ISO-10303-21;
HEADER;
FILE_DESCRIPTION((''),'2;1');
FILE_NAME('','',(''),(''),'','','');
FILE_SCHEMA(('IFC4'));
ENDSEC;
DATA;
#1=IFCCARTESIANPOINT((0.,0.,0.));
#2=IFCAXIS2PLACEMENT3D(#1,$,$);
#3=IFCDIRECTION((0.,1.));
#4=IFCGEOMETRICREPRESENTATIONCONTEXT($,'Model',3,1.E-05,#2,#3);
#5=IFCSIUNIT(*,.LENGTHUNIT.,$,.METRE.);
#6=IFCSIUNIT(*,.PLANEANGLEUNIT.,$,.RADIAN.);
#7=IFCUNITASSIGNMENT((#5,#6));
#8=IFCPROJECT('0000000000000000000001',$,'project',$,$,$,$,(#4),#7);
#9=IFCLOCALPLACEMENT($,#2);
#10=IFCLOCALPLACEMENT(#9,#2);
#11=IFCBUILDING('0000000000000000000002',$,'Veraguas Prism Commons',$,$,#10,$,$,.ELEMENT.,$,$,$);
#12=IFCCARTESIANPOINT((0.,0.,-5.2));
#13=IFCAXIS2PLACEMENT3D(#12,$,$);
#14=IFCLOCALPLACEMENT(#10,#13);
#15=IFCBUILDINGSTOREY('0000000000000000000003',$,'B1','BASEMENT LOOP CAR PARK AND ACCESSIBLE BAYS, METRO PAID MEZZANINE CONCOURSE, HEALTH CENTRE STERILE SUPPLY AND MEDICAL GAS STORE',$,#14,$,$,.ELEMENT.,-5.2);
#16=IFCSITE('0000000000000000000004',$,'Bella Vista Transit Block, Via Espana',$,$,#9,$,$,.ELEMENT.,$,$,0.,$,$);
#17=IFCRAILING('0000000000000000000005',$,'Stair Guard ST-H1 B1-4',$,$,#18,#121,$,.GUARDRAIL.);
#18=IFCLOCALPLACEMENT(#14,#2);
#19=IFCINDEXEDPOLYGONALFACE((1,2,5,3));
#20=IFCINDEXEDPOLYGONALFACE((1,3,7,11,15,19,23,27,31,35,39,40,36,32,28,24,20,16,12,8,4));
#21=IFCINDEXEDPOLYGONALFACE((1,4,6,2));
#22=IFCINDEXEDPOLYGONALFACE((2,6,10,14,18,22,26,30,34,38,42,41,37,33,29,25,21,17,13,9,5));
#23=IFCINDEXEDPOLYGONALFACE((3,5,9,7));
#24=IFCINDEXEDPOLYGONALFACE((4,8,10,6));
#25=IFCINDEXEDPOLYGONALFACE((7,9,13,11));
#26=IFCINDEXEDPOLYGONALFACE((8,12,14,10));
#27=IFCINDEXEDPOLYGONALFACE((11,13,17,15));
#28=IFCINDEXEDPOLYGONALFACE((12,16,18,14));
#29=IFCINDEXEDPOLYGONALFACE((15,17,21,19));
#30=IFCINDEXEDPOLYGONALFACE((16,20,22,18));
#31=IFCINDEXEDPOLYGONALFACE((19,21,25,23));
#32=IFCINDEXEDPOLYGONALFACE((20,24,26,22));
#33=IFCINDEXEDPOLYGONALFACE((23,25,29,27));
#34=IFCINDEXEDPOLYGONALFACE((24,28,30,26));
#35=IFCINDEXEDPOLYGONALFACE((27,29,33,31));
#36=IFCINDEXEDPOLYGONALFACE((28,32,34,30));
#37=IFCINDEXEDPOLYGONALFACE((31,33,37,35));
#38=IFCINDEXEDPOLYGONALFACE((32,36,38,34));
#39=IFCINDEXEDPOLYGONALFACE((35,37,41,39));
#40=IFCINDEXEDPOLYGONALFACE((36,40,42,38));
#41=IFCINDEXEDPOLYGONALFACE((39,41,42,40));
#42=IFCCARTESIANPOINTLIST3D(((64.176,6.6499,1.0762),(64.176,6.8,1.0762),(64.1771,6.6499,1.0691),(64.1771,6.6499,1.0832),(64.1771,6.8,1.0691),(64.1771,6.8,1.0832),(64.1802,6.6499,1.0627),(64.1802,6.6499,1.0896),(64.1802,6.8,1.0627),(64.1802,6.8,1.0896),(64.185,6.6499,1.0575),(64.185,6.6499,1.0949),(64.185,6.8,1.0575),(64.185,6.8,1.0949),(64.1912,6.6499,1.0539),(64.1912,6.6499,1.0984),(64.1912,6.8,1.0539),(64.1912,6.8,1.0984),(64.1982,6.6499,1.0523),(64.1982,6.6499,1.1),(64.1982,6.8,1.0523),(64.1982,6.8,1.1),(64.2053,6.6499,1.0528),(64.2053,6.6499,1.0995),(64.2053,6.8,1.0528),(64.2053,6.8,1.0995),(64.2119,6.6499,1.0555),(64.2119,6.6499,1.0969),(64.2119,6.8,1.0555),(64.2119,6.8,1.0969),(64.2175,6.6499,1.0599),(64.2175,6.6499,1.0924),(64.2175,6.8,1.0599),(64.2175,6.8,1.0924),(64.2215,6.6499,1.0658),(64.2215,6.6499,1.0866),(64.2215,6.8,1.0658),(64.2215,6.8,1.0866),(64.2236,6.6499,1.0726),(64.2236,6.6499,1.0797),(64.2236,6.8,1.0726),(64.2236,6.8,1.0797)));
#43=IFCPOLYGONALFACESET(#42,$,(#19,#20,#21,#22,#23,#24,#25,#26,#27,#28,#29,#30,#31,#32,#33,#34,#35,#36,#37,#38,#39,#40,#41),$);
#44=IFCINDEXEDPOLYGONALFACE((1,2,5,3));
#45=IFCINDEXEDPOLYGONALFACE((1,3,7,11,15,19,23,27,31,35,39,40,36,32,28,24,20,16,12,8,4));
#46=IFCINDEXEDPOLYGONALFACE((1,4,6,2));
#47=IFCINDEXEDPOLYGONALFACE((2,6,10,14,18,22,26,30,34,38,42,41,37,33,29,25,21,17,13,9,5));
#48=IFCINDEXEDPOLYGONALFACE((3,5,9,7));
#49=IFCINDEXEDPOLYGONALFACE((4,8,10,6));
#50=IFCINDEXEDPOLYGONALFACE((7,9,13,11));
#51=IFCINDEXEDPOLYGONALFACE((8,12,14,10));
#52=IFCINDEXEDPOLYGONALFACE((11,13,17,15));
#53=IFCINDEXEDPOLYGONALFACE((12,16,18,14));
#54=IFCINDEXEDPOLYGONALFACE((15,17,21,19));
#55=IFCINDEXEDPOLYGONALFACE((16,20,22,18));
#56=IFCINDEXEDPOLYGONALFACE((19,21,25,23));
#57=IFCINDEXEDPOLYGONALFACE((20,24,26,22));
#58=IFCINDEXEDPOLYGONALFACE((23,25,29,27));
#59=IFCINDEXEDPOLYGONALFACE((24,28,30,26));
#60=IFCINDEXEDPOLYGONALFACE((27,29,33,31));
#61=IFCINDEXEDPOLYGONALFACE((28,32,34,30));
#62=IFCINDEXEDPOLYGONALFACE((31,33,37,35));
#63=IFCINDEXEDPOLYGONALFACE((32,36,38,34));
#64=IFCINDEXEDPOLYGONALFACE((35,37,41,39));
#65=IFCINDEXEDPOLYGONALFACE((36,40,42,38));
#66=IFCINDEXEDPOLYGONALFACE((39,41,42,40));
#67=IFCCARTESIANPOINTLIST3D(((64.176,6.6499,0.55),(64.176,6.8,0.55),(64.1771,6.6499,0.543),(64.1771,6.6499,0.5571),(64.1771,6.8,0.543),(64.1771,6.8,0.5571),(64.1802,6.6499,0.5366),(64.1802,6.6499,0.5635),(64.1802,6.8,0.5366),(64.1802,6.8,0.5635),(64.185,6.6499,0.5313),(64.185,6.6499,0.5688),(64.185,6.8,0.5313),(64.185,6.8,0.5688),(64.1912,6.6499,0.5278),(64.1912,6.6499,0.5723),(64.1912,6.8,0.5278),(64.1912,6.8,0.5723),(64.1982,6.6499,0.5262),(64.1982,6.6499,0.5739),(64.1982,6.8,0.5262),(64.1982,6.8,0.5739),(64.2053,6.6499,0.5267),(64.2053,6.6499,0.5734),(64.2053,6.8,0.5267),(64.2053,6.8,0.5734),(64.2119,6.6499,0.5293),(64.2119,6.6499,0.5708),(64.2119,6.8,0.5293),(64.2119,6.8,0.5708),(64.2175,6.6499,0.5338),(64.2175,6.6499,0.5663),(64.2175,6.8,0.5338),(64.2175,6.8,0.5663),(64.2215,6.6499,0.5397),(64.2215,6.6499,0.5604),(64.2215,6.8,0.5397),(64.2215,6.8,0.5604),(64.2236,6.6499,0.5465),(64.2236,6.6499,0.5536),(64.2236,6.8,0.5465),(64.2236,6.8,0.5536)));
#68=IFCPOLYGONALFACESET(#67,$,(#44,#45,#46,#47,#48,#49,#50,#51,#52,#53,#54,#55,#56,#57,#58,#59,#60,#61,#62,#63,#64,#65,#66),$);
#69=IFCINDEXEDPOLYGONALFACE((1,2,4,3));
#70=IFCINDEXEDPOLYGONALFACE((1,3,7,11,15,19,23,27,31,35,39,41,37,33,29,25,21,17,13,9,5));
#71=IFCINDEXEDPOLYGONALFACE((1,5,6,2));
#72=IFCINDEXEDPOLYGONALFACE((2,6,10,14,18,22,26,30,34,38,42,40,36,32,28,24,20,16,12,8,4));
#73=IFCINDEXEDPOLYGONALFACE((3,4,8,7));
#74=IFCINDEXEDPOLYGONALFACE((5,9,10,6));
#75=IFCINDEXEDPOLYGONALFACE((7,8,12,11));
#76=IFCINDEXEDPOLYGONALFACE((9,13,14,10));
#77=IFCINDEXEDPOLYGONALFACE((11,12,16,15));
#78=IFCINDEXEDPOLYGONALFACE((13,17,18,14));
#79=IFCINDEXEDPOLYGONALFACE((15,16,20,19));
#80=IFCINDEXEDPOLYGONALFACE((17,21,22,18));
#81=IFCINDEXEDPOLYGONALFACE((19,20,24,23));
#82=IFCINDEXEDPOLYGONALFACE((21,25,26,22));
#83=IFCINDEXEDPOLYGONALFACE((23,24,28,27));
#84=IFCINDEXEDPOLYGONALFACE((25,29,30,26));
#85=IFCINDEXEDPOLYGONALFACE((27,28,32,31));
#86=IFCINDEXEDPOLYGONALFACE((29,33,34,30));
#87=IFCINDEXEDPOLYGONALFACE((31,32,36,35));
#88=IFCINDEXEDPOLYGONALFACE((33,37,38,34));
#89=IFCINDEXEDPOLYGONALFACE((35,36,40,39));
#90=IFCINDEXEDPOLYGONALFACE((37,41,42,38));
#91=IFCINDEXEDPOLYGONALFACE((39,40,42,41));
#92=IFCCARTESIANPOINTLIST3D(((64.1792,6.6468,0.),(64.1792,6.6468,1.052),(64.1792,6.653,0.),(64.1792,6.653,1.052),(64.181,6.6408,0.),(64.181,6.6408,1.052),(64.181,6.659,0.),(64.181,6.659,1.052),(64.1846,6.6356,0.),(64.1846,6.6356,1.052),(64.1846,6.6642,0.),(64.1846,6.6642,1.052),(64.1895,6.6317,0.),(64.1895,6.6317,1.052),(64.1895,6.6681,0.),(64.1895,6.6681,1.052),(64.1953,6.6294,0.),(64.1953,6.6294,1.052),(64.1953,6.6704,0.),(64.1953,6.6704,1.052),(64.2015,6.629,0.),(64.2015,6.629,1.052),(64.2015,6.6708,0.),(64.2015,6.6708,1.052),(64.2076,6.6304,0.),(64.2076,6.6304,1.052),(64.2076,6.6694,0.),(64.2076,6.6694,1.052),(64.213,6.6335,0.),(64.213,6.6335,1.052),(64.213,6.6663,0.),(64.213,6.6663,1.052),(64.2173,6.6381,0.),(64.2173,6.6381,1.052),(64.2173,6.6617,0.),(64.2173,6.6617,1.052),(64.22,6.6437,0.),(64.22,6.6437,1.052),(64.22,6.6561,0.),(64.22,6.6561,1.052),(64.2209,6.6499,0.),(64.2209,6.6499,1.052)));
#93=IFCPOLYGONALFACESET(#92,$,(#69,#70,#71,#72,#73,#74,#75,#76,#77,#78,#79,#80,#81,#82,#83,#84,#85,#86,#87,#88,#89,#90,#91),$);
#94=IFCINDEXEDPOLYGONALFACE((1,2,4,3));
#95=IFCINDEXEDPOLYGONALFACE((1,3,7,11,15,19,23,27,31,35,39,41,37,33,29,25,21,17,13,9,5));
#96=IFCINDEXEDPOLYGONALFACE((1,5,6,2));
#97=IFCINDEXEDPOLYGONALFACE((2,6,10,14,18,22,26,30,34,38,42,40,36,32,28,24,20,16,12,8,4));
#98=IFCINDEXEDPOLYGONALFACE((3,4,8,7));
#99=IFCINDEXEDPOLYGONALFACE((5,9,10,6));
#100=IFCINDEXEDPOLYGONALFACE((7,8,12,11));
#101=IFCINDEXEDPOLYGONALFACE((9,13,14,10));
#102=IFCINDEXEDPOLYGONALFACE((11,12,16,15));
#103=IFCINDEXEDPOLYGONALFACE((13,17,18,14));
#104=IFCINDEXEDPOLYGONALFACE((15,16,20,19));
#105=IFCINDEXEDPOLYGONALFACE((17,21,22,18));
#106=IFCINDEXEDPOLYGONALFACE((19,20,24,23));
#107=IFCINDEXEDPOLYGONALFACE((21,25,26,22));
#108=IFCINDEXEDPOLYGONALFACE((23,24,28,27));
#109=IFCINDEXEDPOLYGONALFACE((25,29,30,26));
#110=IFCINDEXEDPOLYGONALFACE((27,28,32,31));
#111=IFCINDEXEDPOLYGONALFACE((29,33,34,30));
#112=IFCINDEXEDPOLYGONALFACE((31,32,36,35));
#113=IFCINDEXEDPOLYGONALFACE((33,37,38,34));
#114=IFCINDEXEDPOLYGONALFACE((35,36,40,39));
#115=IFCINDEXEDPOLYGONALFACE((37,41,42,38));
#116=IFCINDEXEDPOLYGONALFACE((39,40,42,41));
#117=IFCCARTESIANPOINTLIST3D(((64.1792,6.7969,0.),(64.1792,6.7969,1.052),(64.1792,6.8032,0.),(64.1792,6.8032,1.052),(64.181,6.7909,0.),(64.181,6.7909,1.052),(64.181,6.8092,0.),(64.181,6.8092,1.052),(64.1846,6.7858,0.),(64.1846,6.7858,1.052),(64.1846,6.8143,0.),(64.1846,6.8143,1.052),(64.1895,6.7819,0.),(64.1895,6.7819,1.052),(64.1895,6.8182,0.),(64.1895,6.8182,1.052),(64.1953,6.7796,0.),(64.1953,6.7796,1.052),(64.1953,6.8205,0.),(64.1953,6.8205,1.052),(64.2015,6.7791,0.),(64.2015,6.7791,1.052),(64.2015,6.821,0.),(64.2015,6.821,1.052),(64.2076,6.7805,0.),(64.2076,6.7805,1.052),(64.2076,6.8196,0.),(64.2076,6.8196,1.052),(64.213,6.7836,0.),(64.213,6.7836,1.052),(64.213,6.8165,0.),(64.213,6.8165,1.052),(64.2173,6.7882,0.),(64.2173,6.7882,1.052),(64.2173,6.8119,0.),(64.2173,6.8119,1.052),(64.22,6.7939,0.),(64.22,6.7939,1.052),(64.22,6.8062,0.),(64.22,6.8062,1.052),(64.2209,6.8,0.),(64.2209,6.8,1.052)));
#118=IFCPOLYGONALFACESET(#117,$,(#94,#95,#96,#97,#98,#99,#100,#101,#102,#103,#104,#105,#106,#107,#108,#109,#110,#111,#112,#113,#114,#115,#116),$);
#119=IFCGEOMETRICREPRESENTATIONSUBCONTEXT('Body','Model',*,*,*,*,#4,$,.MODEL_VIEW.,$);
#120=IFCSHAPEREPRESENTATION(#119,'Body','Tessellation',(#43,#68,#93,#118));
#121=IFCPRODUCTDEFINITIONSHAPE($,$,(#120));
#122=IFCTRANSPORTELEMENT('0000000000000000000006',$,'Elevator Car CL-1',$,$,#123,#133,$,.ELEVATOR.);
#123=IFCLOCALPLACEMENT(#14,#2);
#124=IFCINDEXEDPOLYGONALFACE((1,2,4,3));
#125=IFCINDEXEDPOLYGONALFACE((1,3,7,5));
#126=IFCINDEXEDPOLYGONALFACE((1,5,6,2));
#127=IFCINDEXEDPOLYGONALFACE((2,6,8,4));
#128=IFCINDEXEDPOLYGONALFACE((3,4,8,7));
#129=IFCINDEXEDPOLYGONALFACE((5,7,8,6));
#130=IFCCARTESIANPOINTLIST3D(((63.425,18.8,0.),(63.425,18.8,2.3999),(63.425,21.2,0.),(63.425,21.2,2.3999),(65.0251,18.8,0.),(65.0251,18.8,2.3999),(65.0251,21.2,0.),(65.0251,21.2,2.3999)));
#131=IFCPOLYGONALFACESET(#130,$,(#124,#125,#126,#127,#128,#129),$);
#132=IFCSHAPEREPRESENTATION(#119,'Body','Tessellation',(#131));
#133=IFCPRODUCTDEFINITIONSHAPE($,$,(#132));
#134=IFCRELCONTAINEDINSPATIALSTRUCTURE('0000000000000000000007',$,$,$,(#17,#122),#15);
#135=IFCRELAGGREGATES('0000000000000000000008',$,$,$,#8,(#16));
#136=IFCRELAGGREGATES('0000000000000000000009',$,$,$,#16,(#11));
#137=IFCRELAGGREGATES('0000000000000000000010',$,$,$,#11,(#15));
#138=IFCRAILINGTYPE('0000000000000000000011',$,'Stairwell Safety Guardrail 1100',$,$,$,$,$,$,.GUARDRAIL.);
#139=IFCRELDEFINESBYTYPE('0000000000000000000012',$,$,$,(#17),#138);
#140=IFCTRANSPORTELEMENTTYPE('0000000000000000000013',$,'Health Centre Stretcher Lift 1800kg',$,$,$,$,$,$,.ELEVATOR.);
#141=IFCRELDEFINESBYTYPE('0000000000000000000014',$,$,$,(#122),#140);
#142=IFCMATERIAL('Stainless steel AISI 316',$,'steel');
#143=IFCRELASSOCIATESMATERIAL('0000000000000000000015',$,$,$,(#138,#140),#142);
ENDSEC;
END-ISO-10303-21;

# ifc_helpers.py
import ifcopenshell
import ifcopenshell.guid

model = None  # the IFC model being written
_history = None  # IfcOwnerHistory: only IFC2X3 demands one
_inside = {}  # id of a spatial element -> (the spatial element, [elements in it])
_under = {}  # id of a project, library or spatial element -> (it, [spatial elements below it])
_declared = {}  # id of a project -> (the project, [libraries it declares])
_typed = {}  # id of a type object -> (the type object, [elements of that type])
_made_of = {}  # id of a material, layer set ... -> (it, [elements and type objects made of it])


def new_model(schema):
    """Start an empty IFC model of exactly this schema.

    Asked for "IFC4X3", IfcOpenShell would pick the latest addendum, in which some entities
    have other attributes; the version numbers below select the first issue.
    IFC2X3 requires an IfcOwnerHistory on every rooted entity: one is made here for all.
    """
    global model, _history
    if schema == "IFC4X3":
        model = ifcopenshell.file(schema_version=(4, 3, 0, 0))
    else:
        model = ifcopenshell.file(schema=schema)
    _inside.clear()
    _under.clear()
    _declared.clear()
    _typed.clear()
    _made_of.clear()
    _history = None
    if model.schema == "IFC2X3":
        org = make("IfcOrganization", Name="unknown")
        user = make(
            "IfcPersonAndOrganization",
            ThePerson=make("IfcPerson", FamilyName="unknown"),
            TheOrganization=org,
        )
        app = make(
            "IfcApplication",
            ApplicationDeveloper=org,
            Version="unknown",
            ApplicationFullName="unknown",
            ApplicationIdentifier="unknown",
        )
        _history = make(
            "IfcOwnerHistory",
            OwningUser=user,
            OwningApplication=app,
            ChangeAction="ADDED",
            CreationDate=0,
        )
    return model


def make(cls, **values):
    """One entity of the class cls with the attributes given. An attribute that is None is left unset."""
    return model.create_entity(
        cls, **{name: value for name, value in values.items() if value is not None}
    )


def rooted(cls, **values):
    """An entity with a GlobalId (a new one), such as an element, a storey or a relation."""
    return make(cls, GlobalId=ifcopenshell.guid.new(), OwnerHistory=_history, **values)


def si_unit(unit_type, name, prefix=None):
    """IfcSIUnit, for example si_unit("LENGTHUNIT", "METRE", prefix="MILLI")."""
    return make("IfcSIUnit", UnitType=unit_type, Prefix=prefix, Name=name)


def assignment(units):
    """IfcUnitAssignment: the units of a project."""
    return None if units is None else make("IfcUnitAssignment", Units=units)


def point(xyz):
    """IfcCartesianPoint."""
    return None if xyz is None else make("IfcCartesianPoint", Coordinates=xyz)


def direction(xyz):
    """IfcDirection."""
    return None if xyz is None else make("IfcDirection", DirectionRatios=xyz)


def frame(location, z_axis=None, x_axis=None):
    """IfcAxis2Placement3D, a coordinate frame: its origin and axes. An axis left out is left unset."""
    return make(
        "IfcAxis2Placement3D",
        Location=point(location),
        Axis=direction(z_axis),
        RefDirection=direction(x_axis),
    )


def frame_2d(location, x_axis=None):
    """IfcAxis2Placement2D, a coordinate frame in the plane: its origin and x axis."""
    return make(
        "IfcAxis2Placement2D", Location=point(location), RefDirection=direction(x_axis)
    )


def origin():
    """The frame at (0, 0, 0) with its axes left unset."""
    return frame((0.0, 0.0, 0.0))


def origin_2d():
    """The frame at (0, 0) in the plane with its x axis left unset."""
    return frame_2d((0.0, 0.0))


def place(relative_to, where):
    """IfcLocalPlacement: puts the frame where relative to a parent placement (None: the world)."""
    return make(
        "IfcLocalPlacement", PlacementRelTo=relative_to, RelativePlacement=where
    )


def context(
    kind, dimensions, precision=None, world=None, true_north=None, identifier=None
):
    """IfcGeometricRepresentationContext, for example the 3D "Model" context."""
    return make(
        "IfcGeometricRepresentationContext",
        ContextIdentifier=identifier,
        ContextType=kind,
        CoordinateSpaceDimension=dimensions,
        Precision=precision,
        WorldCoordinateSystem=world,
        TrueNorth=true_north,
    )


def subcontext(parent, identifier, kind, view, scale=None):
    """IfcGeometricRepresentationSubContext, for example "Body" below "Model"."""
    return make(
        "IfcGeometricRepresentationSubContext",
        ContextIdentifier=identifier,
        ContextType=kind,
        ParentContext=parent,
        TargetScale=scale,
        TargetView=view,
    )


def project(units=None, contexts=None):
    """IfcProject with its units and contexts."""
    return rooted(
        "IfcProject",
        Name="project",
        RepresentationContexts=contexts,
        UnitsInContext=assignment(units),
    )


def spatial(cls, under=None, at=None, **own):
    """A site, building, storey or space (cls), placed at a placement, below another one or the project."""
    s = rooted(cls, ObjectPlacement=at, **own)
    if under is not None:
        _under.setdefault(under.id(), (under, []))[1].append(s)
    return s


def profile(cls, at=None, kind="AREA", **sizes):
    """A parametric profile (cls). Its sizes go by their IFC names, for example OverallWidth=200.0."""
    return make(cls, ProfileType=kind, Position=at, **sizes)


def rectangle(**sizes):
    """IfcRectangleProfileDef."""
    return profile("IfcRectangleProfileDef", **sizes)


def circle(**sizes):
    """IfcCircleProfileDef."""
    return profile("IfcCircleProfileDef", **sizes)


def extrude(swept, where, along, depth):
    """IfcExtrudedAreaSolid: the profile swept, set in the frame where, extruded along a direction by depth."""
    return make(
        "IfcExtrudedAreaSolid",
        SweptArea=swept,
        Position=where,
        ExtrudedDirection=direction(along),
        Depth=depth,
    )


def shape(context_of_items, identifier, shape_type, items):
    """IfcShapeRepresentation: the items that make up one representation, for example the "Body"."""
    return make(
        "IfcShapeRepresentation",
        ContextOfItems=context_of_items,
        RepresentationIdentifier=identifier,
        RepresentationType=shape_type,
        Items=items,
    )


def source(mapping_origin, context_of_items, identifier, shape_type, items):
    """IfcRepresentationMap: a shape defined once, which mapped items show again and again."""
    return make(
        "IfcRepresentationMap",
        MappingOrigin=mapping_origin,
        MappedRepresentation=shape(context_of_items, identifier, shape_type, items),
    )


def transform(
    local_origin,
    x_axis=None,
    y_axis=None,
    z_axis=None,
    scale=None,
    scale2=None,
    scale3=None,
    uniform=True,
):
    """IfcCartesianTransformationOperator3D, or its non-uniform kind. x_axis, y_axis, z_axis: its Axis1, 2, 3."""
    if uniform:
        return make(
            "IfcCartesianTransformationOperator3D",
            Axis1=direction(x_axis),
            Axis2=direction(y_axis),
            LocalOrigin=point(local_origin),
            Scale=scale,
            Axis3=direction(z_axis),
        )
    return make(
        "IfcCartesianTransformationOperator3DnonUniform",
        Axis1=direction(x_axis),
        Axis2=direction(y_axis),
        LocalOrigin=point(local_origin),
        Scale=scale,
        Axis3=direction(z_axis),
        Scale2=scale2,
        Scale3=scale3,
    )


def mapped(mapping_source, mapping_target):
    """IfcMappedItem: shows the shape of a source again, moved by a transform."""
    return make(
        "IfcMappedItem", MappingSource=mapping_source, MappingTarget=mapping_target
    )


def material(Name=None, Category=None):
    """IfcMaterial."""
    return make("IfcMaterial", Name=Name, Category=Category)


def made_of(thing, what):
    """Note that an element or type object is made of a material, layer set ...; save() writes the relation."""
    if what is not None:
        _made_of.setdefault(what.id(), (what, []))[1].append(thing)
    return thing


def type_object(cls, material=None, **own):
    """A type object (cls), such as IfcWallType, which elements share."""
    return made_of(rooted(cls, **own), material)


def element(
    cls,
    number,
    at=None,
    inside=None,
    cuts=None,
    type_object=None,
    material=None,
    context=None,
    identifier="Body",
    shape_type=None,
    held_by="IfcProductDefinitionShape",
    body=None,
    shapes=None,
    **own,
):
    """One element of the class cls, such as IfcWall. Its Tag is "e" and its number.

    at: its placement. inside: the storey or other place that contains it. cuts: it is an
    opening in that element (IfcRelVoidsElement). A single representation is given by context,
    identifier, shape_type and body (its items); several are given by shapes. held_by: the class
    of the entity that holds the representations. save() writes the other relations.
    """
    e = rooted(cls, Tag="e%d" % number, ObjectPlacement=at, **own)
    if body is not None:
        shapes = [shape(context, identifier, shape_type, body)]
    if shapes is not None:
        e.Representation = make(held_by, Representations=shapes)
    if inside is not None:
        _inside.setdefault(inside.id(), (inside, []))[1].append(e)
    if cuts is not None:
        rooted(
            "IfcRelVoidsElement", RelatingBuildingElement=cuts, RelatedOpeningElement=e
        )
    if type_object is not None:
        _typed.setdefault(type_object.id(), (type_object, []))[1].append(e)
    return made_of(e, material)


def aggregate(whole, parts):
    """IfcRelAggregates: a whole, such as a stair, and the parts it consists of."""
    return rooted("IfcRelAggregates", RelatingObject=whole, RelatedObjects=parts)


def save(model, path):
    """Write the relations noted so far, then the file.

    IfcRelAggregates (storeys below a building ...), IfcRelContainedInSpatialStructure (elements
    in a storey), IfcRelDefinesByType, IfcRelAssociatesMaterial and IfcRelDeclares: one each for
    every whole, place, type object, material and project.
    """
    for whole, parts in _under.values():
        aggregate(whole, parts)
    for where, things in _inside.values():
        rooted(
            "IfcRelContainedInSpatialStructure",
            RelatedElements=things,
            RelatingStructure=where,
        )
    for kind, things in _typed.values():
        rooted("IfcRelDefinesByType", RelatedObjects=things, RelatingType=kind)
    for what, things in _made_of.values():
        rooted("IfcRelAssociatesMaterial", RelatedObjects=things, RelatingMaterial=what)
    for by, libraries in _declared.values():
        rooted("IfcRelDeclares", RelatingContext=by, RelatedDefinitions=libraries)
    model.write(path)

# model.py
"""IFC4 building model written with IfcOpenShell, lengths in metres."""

from ifc_helpers import new_model, si_unit, direction, frame, origin, origin_2d, place, context, subcontext, project, spatial, rectangle, circle, extrude, source, transform, mapped, material, type_object, element, save


model = new_model("IFC4")

# Units and contexts
model_context = context("Model", 3, precision=1e-05, world=origin(), true_north=direction((0.0, 1.0)))
body_context = subcontext(model_context, "Body", "Model", "MODEL_VIEW")
ifc_project = project(units=[si_unit("LENGTHUNIT", "METRE"), si_unit("PLANEANGLEUNIT", "RADIAN")], contexts=[model_context])

# Site, building, storey
site_placement = place(None, origin())
site = spatial("IfcSite", under=ifc_project, at=site_placement, Name="Bella Vista Transit Block, Via Espana", CompositionType="ELEMENT", RefElevation=0.0)
building_placement = place(site_placement, origin())
building = spatial("IfcBuilding", under=site, at=building_placement, Name="Veraguas Prism Commons", CompositionType="ELEMENT")
storey_placement = place(building_placement, frame((0.0, 0.0, -5.2)))
storey = spatial("IfcBuildingStorey", under=building, at=storey_placement, Name="B1", Description="BASEMENT LOOP CAR PARK AND ACCESSIBLE BAYS, METRO PAID MEZZANINE CONCOURSE, HEALTH CENTRE STERILE SUPPLY AND MEDICAL GAS STORE", CompositionType="ELEMENT", Elevation=-5.2)

# Railing
ifc_material_1 = material(Name="Stainless steel AISI 316", Category="steel")
railing_type_1 = type_object("IfcRailingType", Name="Stairwell Safety Guardrail 1100", PredefinedType="GUARDRAIL", material=ifc_material_1)
railing_1_placement = place(storey_placement, frame((64.2, 6.6499, 0.0)))
element("IfcRailing", 1, at=railing_1_placement, inside=storey, type_object=railing_type_1, Name="Stair Guard ST-H1 B1-4", PredefinedType="GUARDRAIL", context=body_context, shape_type="SweptSolid", body=[
    extrude(circle(Radius=0.0239, at=origin_2d()), frame((0.0, 0.0, 1.0762), z_axis=(0.0, 1.0, 0.0), x_axis=(-1.0, 0.0, 0.0)), (0.0, 0.0, 1.0), 0.1501),
    extrude(circle(Radius=0.0239, at=origin_2d()), frame((0.0, 0.0, 0.55), z_axis=(0.0, 1.0, 0.0), x_axis=(-1.0, 0.0, 0.0)), (0.0, 0.0, 1.0), 0.1501),
    extrude(circle(Radius=0.021, at=origin_2d()), origin(), (0.0, 0.0, 1.0), 1.052),
    extrude(circle(Radius=0.021, at=origin_2d()), frame((0.0, 0.1501, 0.0)), (0.0, 0.0, 1.0), 1.052),
])

# Transport element
transport_element_type = type_object("IfcTransportElementType", Name="Health Centre Stretcher Lift 1800kg", PredefinedType="ELEVATOR", material=ifc_material_1)
shared_shape_1 = source(origin(), body_context, "Body", "SweptSolid", [
    extrude(rectangle(XDim=1.6001, YDim=2.3999, at=origin_2d()), origin(), (0.0, 0.0, 1.0), 2.3999),
])
transport_element_placement = place(storey_placement, frame((64.2251, 20.0, 0.0), z_axis=(0.0, 0.0, 1.0), x_axis=(1.0, 0.0, 0.0)))
element("IfcTransportElement", 2, at=transport_element_placement, inside=storey, type_object=transport_element_type, Name="Elevator Car CL-1", PredefinedType="ELEVATOR", context=body_context, shape_type="MappedRepresentation", body=[
    mapped(shared_shape_1, transform((0.0, 0.0, 0.0), scale=1.0)),
])

save(model, "model.ifc")
